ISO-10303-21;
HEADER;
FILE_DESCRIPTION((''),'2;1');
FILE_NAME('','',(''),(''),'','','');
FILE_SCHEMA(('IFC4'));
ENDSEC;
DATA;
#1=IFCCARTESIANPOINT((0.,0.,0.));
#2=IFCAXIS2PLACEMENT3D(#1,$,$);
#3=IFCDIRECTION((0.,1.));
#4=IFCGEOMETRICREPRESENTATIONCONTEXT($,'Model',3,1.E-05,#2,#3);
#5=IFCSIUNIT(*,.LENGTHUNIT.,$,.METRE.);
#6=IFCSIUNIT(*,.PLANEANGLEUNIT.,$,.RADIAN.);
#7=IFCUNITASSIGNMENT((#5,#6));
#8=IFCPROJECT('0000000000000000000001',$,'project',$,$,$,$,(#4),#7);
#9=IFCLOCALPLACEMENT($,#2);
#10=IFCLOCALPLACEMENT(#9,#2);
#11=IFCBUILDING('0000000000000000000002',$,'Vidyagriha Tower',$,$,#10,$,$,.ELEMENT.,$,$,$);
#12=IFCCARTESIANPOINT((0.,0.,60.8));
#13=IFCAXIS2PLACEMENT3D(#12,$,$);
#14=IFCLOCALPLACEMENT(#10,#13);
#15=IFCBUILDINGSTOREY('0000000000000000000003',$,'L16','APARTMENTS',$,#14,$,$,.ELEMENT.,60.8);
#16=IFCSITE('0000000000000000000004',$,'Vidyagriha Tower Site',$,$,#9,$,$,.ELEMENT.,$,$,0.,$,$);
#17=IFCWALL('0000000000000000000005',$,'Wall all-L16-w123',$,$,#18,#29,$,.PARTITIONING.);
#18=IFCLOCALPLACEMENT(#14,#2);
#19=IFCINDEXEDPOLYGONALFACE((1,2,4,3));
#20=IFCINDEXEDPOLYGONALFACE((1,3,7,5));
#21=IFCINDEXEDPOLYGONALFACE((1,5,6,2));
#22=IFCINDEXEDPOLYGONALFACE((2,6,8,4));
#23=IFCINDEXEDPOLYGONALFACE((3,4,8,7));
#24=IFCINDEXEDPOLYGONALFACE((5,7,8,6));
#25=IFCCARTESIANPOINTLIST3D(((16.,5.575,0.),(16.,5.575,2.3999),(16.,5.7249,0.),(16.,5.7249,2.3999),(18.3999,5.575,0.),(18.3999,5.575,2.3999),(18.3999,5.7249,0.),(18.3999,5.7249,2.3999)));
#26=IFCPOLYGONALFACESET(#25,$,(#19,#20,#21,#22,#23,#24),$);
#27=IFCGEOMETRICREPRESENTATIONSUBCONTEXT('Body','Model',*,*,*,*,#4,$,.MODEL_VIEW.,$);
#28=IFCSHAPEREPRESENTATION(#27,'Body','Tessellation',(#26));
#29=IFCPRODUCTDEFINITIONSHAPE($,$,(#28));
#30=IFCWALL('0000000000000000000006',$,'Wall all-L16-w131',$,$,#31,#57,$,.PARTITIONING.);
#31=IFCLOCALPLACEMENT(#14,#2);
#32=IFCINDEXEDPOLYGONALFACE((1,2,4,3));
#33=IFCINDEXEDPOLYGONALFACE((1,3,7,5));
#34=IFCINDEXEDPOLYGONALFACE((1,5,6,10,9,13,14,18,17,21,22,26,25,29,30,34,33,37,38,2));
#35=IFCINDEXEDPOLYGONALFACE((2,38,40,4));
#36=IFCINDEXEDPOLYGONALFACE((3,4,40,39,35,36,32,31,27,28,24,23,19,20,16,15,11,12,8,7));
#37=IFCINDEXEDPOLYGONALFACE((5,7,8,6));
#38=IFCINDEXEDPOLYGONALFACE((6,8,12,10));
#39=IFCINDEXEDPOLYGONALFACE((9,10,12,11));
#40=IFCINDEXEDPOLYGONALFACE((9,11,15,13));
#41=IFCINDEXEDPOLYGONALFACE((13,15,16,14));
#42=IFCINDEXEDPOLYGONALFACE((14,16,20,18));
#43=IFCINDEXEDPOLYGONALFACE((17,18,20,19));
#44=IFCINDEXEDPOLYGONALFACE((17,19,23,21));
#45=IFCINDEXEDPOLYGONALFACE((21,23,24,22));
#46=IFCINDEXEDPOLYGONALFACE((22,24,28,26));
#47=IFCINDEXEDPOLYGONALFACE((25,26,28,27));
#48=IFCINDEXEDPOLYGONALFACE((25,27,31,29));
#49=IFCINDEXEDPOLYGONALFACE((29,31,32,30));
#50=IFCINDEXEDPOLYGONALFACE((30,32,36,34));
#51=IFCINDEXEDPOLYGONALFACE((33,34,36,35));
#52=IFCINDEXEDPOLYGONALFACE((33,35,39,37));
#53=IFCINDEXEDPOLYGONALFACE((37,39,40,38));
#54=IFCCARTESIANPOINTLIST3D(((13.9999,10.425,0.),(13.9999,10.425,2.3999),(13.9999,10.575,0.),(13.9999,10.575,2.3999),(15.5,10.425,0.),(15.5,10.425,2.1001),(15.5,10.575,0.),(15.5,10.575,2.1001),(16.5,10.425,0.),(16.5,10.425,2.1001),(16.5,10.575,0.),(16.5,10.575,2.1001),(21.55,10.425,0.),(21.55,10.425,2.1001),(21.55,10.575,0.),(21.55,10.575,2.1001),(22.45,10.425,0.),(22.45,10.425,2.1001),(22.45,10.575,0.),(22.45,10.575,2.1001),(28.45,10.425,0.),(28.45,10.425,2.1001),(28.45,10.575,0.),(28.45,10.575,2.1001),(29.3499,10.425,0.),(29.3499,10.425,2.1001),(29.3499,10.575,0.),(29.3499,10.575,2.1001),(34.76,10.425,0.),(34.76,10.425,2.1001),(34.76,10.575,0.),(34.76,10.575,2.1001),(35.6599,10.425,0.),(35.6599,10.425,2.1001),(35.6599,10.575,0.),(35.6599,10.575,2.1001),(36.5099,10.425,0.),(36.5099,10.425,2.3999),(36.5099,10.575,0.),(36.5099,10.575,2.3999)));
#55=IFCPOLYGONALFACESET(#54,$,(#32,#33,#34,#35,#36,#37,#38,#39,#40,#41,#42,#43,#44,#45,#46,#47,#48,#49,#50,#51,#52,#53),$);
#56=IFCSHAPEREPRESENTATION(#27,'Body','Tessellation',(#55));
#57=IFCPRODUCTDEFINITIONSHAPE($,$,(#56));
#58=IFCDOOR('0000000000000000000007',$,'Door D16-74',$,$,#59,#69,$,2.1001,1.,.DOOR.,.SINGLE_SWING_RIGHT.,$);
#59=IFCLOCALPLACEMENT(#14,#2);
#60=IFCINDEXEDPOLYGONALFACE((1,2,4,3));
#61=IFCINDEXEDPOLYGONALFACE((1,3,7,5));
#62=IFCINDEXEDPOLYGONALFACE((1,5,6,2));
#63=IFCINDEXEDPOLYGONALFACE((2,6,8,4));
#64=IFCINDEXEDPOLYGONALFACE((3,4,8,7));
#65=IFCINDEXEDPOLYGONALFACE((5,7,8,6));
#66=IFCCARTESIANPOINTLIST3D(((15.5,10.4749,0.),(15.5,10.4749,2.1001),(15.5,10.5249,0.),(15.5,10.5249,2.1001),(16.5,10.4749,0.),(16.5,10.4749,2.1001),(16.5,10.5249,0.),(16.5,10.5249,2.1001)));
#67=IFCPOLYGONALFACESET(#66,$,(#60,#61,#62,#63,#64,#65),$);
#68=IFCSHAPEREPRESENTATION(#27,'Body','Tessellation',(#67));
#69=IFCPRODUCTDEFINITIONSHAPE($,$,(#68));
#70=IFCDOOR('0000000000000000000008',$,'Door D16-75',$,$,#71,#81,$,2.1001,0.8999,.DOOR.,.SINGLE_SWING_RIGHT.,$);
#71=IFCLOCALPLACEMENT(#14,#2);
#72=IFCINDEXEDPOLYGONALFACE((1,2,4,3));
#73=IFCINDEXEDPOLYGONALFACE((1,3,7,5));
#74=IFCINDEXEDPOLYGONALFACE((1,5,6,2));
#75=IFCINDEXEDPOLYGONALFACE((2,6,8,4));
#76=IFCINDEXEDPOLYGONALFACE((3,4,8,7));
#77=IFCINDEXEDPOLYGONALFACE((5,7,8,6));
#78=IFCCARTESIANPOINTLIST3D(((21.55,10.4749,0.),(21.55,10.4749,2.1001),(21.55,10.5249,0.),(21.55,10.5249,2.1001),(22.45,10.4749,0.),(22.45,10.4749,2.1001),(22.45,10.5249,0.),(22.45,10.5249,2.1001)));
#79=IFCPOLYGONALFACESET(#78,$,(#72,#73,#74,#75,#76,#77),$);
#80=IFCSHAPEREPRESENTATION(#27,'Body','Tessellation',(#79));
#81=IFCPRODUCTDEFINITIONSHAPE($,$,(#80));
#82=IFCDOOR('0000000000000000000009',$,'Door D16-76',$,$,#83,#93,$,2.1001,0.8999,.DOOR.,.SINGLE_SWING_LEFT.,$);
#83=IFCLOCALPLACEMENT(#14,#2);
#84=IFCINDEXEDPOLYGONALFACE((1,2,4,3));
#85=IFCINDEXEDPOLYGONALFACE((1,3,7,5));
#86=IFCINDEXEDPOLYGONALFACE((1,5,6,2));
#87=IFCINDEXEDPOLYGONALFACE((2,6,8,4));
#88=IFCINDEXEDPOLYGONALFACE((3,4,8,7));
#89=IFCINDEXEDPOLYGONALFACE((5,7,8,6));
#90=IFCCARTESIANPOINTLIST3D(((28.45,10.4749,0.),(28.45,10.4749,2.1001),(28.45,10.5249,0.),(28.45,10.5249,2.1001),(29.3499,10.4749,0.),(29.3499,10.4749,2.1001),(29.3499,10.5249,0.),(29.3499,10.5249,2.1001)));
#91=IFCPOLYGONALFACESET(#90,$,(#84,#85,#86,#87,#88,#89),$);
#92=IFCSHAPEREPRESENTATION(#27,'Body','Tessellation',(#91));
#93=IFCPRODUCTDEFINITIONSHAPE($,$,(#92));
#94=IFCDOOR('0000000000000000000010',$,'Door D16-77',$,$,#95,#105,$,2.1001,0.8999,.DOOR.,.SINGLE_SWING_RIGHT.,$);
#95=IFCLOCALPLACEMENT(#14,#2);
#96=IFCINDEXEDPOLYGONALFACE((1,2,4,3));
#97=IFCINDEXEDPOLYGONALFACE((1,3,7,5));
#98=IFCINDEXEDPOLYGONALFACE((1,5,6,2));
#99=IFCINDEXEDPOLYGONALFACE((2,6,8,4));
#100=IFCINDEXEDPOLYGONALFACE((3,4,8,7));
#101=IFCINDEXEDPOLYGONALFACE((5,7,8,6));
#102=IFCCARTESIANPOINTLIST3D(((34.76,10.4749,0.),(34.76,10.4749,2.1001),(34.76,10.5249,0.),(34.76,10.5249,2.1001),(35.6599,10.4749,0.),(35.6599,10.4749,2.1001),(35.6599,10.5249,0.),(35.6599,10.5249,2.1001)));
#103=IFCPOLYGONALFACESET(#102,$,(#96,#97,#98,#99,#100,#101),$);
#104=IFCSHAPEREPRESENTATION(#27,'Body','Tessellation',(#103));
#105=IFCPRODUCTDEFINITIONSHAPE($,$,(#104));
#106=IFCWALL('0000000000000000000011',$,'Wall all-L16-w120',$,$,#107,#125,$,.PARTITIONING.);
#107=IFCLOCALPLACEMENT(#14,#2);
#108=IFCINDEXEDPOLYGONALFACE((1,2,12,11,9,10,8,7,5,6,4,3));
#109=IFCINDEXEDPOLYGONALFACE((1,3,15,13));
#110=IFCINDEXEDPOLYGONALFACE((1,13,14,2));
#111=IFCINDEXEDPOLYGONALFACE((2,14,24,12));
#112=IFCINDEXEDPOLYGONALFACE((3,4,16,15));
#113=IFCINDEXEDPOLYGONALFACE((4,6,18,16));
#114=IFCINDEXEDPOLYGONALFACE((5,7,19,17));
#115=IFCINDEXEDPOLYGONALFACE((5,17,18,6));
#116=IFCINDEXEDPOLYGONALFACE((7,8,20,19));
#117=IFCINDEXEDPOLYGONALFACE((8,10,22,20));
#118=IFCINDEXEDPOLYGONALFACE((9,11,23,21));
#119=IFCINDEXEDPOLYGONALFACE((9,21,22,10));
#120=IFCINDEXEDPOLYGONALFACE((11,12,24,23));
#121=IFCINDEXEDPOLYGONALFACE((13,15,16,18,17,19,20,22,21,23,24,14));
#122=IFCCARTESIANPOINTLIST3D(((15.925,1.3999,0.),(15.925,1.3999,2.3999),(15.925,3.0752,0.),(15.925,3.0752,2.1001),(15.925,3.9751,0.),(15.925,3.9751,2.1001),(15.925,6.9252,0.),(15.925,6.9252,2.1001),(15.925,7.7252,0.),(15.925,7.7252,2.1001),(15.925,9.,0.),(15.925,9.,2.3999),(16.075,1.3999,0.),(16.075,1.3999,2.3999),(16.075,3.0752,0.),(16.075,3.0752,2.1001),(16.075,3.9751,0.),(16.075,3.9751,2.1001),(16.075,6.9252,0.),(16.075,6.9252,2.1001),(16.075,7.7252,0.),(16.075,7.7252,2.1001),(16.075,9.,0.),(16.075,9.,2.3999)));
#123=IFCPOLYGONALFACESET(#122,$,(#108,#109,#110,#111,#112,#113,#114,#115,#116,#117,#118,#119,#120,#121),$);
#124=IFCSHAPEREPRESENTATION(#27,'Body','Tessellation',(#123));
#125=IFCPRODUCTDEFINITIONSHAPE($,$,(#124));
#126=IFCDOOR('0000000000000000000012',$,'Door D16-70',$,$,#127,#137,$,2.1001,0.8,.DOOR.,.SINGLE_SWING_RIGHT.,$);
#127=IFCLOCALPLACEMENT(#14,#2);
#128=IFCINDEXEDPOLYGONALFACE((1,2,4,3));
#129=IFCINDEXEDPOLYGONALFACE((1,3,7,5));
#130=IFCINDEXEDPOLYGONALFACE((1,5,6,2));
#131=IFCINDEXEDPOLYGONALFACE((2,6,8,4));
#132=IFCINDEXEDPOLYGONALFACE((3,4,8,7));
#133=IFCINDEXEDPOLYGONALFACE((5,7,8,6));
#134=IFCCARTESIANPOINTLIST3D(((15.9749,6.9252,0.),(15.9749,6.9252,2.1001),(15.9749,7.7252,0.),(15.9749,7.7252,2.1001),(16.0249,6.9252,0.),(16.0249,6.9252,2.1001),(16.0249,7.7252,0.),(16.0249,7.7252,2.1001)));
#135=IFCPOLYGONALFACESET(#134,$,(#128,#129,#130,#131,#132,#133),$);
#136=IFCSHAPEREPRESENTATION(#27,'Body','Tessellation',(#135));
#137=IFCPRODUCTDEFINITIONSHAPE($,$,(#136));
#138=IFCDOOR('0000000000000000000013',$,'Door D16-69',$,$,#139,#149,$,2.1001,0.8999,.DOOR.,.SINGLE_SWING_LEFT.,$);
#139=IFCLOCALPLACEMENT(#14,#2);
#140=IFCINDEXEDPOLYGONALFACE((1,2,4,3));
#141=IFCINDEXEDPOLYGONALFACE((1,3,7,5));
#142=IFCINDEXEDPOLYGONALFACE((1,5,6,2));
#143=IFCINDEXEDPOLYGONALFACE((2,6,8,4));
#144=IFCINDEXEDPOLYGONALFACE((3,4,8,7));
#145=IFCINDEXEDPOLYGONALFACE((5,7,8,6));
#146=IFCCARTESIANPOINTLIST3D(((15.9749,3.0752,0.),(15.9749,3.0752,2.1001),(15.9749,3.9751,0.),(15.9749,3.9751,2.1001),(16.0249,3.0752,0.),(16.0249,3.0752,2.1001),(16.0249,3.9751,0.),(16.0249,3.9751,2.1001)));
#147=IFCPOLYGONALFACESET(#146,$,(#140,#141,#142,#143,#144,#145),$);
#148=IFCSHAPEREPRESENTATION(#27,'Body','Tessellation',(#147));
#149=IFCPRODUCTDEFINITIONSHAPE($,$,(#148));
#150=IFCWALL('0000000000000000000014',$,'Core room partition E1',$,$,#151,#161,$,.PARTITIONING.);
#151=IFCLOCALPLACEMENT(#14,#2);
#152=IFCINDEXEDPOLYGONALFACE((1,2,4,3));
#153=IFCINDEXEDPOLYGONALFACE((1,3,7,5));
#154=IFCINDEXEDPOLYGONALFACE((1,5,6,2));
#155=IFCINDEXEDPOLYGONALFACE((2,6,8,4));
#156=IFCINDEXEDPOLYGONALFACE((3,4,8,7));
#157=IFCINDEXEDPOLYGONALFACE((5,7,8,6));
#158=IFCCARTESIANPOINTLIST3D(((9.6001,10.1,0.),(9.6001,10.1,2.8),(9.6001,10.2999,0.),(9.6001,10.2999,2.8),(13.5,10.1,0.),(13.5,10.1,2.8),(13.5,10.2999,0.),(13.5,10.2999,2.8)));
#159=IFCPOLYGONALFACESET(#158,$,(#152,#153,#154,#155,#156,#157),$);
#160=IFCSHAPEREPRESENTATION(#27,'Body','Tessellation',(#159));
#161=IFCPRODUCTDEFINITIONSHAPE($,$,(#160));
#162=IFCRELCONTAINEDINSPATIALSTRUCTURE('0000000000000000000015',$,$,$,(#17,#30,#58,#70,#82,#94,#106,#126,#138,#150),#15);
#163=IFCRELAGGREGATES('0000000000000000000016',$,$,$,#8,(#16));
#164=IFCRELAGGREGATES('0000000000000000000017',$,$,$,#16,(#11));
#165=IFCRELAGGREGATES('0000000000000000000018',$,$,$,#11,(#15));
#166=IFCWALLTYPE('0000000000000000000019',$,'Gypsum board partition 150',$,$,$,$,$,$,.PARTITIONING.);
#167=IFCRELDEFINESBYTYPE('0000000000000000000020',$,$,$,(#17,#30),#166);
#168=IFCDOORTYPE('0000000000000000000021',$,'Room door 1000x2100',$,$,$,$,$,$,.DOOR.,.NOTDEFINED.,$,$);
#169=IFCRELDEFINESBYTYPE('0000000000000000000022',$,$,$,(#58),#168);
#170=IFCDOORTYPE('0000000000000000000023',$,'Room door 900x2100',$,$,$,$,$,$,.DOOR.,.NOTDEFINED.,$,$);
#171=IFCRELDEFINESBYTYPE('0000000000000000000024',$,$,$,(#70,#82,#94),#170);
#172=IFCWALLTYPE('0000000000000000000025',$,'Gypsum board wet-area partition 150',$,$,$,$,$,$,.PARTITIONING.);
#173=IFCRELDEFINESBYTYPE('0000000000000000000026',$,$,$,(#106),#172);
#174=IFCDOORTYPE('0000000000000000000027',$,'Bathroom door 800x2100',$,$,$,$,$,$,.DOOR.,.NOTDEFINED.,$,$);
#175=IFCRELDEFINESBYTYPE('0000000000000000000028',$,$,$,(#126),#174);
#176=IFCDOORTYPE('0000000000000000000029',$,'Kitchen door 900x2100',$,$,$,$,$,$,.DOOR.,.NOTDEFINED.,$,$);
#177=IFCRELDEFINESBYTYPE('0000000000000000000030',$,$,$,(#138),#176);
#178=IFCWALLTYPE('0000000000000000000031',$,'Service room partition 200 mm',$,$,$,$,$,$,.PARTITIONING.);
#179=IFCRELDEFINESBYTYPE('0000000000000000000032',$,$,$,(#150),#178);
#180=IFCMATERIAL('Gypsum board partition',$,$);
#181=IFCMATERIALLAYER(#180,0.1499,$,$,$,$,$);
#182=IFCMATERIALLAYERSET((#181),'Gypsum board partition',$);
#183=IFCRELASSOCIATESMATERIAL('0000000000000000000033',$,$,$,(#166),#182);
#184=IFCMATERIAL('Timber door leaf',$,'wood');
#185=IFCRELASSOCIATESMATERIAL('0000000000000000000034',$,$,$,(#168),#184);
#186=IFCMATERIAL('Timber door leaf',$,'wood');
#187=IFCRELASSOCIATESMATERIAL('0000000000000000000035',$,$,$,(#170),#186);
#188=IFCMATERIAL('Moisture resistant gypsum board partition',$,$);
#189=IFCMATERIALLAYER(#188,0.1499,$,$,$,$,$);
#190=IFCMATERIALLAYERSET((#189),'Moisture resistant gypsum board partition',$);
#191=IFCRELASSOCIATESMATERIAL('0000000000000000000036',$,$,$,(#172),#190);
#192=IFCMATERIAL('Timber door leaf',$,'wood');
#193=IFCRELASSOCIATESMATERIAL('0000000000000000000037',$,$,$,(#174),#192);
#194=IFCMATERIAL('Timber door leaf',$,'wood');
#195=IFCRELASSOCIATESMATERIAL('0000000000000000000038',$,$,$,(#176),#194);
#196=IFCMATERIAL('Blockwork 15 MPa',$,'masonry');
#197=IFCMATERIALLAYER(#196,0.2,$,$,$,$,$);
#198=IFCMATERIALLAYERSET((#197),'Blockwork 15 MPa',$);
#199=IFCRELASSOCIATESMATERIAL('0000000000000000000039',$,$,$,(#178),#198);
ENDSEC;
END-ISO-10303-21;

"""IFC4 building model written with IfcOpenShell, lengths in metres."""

from ifc_helpers import new_model, si_unit, direction, frame, frame_2d, origin, place, context, subcontext, project, spatial, rectangle, extrude, material, layer, layer_set, type_object, element, fill, save


model = new_model("IFC4")

# Units and contexts
model_context = context("Model", 3, precision=1e-05, world=origin(), true_north=direction((0.0, 1.0)))
body_context = subcontext(model_context, "Body", "Model", "MODEL_VIEW")
ifc_project = project(units=[si_unit("LENGTHUNIT", "METRE"), si_unit("PLANEANGLEUNIT", "RADIAN")], contexts=[model_context])

# Site, building, storey
site_placement = place(None, origin())
site = spatial("IfcSite", under=ifc_project, at=site_placement, Name="Vidyagriha Tower Site", CompositionType="ELEMENT", RefElevation=0.0)
building_placement = place(site_placement, origin())
building = spatial("IfcBuilding", under=site, at=building_placement, Name="Vidyagriha Tower", CompositionType="ELEMENT")
storey_placement = place(building_placement, frame((0.0, 0.0, 60.8)))
storey = spatial("IfcBuildingStorey", under=building, at=storey_placement, Name="L16", Description="APARTMENTS", CompositionType="ELEMENT", Elevation=60.8)

# Wall
ifc_material_1 = material(Name="Gypsum board partition")
ifc_layer_1 = layer(ifc_material_1, 0.1499)
ifc_layer_set_1 = layer_set([ifc_layer_1], Name="Gypsum board partition")
wall_type_1 = type_object("IfcWallType", Name="Gypsum board partition 150", PredefinedType="PARTITIONING", material=ifc_layer_set_1)
wall_1_placement = place(storey_placement, frame((16.0, 5.6499, 0.0)))
element("IfcWall", 1, at=wall_1_placement, inside=storey, type_object=wall_type_1, Name="Wall all-L16-w123", PredefinedType="PARTITIONING", context=body_context, shape_type="SweptSolid", body=[
    extrude(rectangle(XDim=2.3999, YDim=0.1499, at=frame_2d((1.2, 0.0))), origin(), (0.0, 0.0, 1.0), 2.3999),
])

# Walls, openings, doors
wall_2_placement = place(storey_placement, frame((14.0, 10.5, 0.0)))
wall_2 = element("IfcWall", 2, at=wall_2_placement, inside=storey, type_object=wall_type_1, Name="Wall all-L16-w131", PredefinedType="PARTITIONING", context=body_context, shape_type="SweptSolid", body=[
    extrude(rectangle(XDim=22.51, YDim=0.1499, at=frame_2d((11.2549, 0.0))), origin(), (0.0, 0.0, 1.0), 2.3999),
])
opening_1_placement = place(wall_2_placement, frame((1.5, 0.0, 0.0)))
opening_1 = element("IfcOpeningElement", 3, at=opening_1_placement, cuts=wall_2, PredefinedType="OPENING", context=body_context, shape_type="SweptSolid", body=[
    extrude(rectangle(XDim=1.0, YDim=2.1001, at=frame_2d((0.5, 1.05))), frame((0.0, 0.085, 0.0), z_axis=(0.0, -1.0, 0.0), x_axis=(1.0, 0.0, 0.0)), (0.0, 0.0, 1.0), 0.1699),
])
opening_2_placement = place(wall_2_placement, frame((7.55, 0.0, 0.0)))
opening_2 = element("IfcOpeningElement", 4, at=opening_2_placement, cuts=wall_2, PredefinedType="OPENING", context=body_context, shape_type="SweptSolid", body=[
    extrude(rectangle(XDim=0.8999, YDim=2.1001, at=frame_2d((0.45, 1.05))), frame((0.0, 0.085, 0.0), z_axis=(0.0, -1.0, 0.0), x_axis=(1.0, 0.0, 0.0)), (0.0, 0.0, 1.0), 0.1699),
])
opening_3_placement = place(wall_2_placement, frame((14.45, 0.0, 0.0)))
opening_3 = element("IfcOpeningElement", 5, at=opening_3_placement, cuts=wall_2, PredefinedType="OPENING", context=body_context, shape_type="SweptSolid", body=[
    extrude(rectangle(XDim=0.8999, YDim=2.1001, at=frame_2d((0.45, 1.05))), frame((0.0, 0.085, 0.0), z_axis=(0.0, -1.0, 0.0), x_axis=(1.0, 0.0, 0.0)), (0.0, 0.0, 1.0), 0.1699),
])
opening_4_placement = place(wall_2_placement, frame((20.76, 0.0, 0.0)))
opening_4 = element("IfcOpeningElement", 6, at=opening_4_placement, cuts=wall_2, PredefinedType="OPENING", context=body_context, shape_type="SweptSolid", body=[
    extrude(rectangle(XDim=0.8999, YDim=2.1001, at=frame_2d((0.45, 1.05))), frame((0.0, 0.085, 0.0), z_axis=(0.0, -1.0, 0.0), x_axis=(1.0, 0.0, 0.0)), (0.0, 0.0, 1.0), 0.1699),
])
ifc_material_2 = material(Name="Timber door leaf", Category="wood")
door_type_1 = type_object("IfcDoorType", Name="Room door 1000x2100", OperationType="NOTDEFINED", PredefinedType="DOOR", material=ifc_material_2)
door_1_placement = place(opening_1_placement, origin())
door_1 = element("IfcDoor", 7, at=door_1_placement, inside=storey, type_object=door_type_1, Name="Door D16-74", OperationType="SINGLE_SWING_RIGHT", OverallHeight=2.1001, OverallWidth=1.0, PredefinedType="DOOR", context=body_context, shape_type="SweptSolid", body=[
    extrude(rectangle(XDim=1.0, YDim=2.1001, at=frame_2d((0.5, 1.05))), frame((0.0, 0.0249, 0.0), z_axis=(0.0, -1.0, 0.0), x_axis=(1.0, 0.0, 0.0)), (0.0, 0.0, 1.0), 0.05),
])
fill(opening_1, door_1)
ifc_material_3 = material(Name="Timber door leaf", Category="wood")
door_type_2 = type_object("IfcDoorType", Name="Room door 900x2100", OperationType="NOTDEFINED", PredefinedType="DOOR", material=ifc_material_3)
door_2_placement = place(opening_2_placement, origin())
door_2 = element("IfcDoor", 8, at=door_2_placement, inside=storey, type_object=door_type_2, Name="Door D16-75", OperationType="SINGLE_SWING_RIGHT", OverallHeight=2.1001, OverallWidth=0.8999, PredefinedType="DOOR", context=body_context, shape_type="SweptSolid", body=[
    extrude(rectangle(XDim=0.8999, YDim=2.1001, at=frame_2d((0.45, 1.05))), frame((0.0, 0.0249, 0.0), z_axis=(0.0, -1.0, 0.0), x_axis=(1.0, 0.0, 0.0)), (0.0, 0.0, 1.0), 0.05),
])
fill(opening_2, door_2)
door_3_placement = place(opening_3_placement, origin())
door_3 = element("IfcDoor", 9, at=door_3_placement, inside=storey, type_object=door_type_2, Name="Door D16-76", OperationType="SINGLE_SWING_LEFT", OverallHeight=2.1001, OverallWidth=0.8999, PredefinedType="DOOR", context=body_context, shape_type="SweptSolid", body=[
    extrude(rectangle(XDim=0.8999, YDim=2.1001, at=frame_2d((0.45, 1.05))), frame((0.0, 0.0249, 0.0), z_axis=(0.0, -1.0, 0.0), x_axis=(1.0, 0.0, 0.0)), (0.0, 0.0, 1.0), 0.05),
])
fill(opening_3, door_3)
door_4_placement = place(opening_4_placement, origin())
door_4 = element("IfcDoor", 10, at=door_4_placement, inside=storey, type_object=door_type_2, Name="Door D16-77", OperationType="SINGLE_SWING_RIGHT", OverallHeight=2.1001, OverallWidth=0.8999, PredefinedType="DOOR", context=body_context, shape_type="SweptSolid", body=[
    extrude(rectangle(XDim=0.8999, YDim=2.1001, at=frame_2d((0.45, 1.05))), frame((0.0, 0.0249, 0.0), z_axis=(0.0, -1.0, 0.0), x_axis=(1.0, 0.0, 0.0)), (0.0, 0.0, 1.0), 0.05),
])
fill(opening_4, door_4)
ifc_material_4 = material(Name="Moisture resistant gypsum board partition")
ifc_layer_2 = layer(ifc_material_4, 0.1499)
ifc_layer_set_2 = layer_set([ifc_layer_2], Name="Moisture resistant gypsum board partition")
wall_type_2 = type_object("IfcWallType", Name="Gypsum board wet-area partition 150", PredefinedType="PARTITIONING", material=ifc_layer_set_2)
wall_3_placement = place(storey_placement, frame((16.0, 9.0, 0.0), z_axis=(0.0, 0.0, 1.0), x_axis=(0.0, -1.0, 0.0)))
wall_3 = element("IfcWall", 11, at=wall_3_placement, inside=storey, type_object=wall_type_2, Name="Wall all-L16-w120", PredefinedType="PARTITIONING", context=body_context, shape_type="SweptSolid", body=[
    extrude(rectangle(XDim=7.6001, YDim=0.1499, at=frame_2d((3.8, 0.0))), origin(), (0.0, 0.0, 1.0), 2.3999),
])
opening_5_placement = place(wall_3_placement, frame((5.0249, 0.0, 0.0)))
opening_5 = element("IfcOpeningElement", 12, at=opening_5_placement, cuts=wall_3, PredefinedType="OPENING", context=body_context, shape_type="SweptSolid", body=[
    extrude(rectangle(XDim=0.8999, YDim=2.1001, at=frame_2d((0.45, 1.05))), frame((0.0, 0.085, 0.0), z_axis=(0.0, -1.0, 0.0), x_axis=(1.0, 0.0, 0.0)), (0.0, 0.0, 1.0), 0.1699),
])
opening_6_placement = place(wall_3_placement, frame((1.2749, 0.0, 0.0)))
opening_6 = element("IfcOpeningElement", 13, at=opening_6_placement, cuts=wall_3, PredefinedType="OPENING", context=body_context, shape_type="SweptSolid", body=[
    extrude(rectangle(XDim=0.8, YDim=2.1001, at=frame_2d((0.3999, 1.05))), frame((0.0, 0.085, 0.0), z_axis=(0.0, -1.0, 0.0), x_axis=(1.0, 0.0, 0.0)), (0.0, 0.0, 1.0), 0.1699),
])
ifc_material_5 = material(Name="Timber door leaf", Category="wood")
door_type_3 = type_object("IfcDoorType", Name="Bathroom door 800x2100", OperationType="NOTDEFINED", PredefinedType="DOOR", material=ifc_material_5)
door_5_placement = place(opening_6_placement, origin())
door_5 = element("IfcDoor", 14, at=door_5_placement, inside=storey, type_object=door_type_3, Name="Door D16-70", OperationType="SINGLE_SWING_RIGHT", OverallHeight=2.1001, OverallWidth=0.8, PredefinedType="DOOR", context=body_context, shape_type="SweptSolid", body=[
    extrude(rectangle(XDim=0.8, YDim=2.1001, at=frame_2d((0.3999, 1.05))), frame((0.0, 0.0249, 0.0), z_axis=(0.0, -1.0, 0.0), x_axis=(1.0, 0.0, 0.0)), (0.0, 0.0, 1.0), 0.05),
])
fill(opening_6, door_5)
ifc_material_6 = material(Name="Timber door leaf", Category="wood")
door_type_4 = type_object("IfcDoorType", Name="Kitchen door 900x2100", OperationType="NOTDEFINED", PredefinedType="DOOR", material=ifc_material_6)
door_6_placement = place(opening_5_placement, origin())
door_6 = element("IfcDoor", 15, at=door_6_placement, inside=storey, type_object=door_type_4, Name="Door D16-69", OperationType="SINGLE_SWING_LEFT", OverallHeight=2.1001, OverallWidth=0.8999, PredefinedType="DOOR", context=body_context, shape_type="SweptSolid", body=[
    extrude(rectangle(XDim=0.8999, YDim=2.1001, at=frame_2d((0.45, 1.05))), frame((0.0, 0.0249, 0.0), z_axis=(0.0, -1.0, 0.0), x_axis=(1.0, 0.0, 0.0)), (0.0, 0.0, 1.0), 0.05),
])
fill(opening_5, door_6)

# Wall
ifc_material_7 = material(Name="Blockwork 15 MPa", Category="masonry")
ifc_layer_3 = layer(ifc_material_7, 0.2)
ifc_layer_set_3 = layer_set([ifc_layer_3], Name="Blockwork 15 MPa")
wall_type_3 = type_object("IfcWallType", Name="Service room partition 200 mm", PredefinedType="PARTITIONING", material=ifc_layer_set_3)
wall_4_placement = place(storey_placement, frame((9.6001, 10.2, 0.0)))
element("IfcWall", 16, at=wall_4_placement, inside=storey, type_object=wall_type_3, Name="Core room partition E1", PredefinedType="PARTITIONING", context=body_context, shape_type="SweptSolid", body=[
    extrude(rectangle(XDim=3.8999, YDim=0.2, at=frame_2d((1.95, 0.0))), origin(), (0.0, 0.0, 1.0), 2.8),
])

save(model, "model.ifc")
